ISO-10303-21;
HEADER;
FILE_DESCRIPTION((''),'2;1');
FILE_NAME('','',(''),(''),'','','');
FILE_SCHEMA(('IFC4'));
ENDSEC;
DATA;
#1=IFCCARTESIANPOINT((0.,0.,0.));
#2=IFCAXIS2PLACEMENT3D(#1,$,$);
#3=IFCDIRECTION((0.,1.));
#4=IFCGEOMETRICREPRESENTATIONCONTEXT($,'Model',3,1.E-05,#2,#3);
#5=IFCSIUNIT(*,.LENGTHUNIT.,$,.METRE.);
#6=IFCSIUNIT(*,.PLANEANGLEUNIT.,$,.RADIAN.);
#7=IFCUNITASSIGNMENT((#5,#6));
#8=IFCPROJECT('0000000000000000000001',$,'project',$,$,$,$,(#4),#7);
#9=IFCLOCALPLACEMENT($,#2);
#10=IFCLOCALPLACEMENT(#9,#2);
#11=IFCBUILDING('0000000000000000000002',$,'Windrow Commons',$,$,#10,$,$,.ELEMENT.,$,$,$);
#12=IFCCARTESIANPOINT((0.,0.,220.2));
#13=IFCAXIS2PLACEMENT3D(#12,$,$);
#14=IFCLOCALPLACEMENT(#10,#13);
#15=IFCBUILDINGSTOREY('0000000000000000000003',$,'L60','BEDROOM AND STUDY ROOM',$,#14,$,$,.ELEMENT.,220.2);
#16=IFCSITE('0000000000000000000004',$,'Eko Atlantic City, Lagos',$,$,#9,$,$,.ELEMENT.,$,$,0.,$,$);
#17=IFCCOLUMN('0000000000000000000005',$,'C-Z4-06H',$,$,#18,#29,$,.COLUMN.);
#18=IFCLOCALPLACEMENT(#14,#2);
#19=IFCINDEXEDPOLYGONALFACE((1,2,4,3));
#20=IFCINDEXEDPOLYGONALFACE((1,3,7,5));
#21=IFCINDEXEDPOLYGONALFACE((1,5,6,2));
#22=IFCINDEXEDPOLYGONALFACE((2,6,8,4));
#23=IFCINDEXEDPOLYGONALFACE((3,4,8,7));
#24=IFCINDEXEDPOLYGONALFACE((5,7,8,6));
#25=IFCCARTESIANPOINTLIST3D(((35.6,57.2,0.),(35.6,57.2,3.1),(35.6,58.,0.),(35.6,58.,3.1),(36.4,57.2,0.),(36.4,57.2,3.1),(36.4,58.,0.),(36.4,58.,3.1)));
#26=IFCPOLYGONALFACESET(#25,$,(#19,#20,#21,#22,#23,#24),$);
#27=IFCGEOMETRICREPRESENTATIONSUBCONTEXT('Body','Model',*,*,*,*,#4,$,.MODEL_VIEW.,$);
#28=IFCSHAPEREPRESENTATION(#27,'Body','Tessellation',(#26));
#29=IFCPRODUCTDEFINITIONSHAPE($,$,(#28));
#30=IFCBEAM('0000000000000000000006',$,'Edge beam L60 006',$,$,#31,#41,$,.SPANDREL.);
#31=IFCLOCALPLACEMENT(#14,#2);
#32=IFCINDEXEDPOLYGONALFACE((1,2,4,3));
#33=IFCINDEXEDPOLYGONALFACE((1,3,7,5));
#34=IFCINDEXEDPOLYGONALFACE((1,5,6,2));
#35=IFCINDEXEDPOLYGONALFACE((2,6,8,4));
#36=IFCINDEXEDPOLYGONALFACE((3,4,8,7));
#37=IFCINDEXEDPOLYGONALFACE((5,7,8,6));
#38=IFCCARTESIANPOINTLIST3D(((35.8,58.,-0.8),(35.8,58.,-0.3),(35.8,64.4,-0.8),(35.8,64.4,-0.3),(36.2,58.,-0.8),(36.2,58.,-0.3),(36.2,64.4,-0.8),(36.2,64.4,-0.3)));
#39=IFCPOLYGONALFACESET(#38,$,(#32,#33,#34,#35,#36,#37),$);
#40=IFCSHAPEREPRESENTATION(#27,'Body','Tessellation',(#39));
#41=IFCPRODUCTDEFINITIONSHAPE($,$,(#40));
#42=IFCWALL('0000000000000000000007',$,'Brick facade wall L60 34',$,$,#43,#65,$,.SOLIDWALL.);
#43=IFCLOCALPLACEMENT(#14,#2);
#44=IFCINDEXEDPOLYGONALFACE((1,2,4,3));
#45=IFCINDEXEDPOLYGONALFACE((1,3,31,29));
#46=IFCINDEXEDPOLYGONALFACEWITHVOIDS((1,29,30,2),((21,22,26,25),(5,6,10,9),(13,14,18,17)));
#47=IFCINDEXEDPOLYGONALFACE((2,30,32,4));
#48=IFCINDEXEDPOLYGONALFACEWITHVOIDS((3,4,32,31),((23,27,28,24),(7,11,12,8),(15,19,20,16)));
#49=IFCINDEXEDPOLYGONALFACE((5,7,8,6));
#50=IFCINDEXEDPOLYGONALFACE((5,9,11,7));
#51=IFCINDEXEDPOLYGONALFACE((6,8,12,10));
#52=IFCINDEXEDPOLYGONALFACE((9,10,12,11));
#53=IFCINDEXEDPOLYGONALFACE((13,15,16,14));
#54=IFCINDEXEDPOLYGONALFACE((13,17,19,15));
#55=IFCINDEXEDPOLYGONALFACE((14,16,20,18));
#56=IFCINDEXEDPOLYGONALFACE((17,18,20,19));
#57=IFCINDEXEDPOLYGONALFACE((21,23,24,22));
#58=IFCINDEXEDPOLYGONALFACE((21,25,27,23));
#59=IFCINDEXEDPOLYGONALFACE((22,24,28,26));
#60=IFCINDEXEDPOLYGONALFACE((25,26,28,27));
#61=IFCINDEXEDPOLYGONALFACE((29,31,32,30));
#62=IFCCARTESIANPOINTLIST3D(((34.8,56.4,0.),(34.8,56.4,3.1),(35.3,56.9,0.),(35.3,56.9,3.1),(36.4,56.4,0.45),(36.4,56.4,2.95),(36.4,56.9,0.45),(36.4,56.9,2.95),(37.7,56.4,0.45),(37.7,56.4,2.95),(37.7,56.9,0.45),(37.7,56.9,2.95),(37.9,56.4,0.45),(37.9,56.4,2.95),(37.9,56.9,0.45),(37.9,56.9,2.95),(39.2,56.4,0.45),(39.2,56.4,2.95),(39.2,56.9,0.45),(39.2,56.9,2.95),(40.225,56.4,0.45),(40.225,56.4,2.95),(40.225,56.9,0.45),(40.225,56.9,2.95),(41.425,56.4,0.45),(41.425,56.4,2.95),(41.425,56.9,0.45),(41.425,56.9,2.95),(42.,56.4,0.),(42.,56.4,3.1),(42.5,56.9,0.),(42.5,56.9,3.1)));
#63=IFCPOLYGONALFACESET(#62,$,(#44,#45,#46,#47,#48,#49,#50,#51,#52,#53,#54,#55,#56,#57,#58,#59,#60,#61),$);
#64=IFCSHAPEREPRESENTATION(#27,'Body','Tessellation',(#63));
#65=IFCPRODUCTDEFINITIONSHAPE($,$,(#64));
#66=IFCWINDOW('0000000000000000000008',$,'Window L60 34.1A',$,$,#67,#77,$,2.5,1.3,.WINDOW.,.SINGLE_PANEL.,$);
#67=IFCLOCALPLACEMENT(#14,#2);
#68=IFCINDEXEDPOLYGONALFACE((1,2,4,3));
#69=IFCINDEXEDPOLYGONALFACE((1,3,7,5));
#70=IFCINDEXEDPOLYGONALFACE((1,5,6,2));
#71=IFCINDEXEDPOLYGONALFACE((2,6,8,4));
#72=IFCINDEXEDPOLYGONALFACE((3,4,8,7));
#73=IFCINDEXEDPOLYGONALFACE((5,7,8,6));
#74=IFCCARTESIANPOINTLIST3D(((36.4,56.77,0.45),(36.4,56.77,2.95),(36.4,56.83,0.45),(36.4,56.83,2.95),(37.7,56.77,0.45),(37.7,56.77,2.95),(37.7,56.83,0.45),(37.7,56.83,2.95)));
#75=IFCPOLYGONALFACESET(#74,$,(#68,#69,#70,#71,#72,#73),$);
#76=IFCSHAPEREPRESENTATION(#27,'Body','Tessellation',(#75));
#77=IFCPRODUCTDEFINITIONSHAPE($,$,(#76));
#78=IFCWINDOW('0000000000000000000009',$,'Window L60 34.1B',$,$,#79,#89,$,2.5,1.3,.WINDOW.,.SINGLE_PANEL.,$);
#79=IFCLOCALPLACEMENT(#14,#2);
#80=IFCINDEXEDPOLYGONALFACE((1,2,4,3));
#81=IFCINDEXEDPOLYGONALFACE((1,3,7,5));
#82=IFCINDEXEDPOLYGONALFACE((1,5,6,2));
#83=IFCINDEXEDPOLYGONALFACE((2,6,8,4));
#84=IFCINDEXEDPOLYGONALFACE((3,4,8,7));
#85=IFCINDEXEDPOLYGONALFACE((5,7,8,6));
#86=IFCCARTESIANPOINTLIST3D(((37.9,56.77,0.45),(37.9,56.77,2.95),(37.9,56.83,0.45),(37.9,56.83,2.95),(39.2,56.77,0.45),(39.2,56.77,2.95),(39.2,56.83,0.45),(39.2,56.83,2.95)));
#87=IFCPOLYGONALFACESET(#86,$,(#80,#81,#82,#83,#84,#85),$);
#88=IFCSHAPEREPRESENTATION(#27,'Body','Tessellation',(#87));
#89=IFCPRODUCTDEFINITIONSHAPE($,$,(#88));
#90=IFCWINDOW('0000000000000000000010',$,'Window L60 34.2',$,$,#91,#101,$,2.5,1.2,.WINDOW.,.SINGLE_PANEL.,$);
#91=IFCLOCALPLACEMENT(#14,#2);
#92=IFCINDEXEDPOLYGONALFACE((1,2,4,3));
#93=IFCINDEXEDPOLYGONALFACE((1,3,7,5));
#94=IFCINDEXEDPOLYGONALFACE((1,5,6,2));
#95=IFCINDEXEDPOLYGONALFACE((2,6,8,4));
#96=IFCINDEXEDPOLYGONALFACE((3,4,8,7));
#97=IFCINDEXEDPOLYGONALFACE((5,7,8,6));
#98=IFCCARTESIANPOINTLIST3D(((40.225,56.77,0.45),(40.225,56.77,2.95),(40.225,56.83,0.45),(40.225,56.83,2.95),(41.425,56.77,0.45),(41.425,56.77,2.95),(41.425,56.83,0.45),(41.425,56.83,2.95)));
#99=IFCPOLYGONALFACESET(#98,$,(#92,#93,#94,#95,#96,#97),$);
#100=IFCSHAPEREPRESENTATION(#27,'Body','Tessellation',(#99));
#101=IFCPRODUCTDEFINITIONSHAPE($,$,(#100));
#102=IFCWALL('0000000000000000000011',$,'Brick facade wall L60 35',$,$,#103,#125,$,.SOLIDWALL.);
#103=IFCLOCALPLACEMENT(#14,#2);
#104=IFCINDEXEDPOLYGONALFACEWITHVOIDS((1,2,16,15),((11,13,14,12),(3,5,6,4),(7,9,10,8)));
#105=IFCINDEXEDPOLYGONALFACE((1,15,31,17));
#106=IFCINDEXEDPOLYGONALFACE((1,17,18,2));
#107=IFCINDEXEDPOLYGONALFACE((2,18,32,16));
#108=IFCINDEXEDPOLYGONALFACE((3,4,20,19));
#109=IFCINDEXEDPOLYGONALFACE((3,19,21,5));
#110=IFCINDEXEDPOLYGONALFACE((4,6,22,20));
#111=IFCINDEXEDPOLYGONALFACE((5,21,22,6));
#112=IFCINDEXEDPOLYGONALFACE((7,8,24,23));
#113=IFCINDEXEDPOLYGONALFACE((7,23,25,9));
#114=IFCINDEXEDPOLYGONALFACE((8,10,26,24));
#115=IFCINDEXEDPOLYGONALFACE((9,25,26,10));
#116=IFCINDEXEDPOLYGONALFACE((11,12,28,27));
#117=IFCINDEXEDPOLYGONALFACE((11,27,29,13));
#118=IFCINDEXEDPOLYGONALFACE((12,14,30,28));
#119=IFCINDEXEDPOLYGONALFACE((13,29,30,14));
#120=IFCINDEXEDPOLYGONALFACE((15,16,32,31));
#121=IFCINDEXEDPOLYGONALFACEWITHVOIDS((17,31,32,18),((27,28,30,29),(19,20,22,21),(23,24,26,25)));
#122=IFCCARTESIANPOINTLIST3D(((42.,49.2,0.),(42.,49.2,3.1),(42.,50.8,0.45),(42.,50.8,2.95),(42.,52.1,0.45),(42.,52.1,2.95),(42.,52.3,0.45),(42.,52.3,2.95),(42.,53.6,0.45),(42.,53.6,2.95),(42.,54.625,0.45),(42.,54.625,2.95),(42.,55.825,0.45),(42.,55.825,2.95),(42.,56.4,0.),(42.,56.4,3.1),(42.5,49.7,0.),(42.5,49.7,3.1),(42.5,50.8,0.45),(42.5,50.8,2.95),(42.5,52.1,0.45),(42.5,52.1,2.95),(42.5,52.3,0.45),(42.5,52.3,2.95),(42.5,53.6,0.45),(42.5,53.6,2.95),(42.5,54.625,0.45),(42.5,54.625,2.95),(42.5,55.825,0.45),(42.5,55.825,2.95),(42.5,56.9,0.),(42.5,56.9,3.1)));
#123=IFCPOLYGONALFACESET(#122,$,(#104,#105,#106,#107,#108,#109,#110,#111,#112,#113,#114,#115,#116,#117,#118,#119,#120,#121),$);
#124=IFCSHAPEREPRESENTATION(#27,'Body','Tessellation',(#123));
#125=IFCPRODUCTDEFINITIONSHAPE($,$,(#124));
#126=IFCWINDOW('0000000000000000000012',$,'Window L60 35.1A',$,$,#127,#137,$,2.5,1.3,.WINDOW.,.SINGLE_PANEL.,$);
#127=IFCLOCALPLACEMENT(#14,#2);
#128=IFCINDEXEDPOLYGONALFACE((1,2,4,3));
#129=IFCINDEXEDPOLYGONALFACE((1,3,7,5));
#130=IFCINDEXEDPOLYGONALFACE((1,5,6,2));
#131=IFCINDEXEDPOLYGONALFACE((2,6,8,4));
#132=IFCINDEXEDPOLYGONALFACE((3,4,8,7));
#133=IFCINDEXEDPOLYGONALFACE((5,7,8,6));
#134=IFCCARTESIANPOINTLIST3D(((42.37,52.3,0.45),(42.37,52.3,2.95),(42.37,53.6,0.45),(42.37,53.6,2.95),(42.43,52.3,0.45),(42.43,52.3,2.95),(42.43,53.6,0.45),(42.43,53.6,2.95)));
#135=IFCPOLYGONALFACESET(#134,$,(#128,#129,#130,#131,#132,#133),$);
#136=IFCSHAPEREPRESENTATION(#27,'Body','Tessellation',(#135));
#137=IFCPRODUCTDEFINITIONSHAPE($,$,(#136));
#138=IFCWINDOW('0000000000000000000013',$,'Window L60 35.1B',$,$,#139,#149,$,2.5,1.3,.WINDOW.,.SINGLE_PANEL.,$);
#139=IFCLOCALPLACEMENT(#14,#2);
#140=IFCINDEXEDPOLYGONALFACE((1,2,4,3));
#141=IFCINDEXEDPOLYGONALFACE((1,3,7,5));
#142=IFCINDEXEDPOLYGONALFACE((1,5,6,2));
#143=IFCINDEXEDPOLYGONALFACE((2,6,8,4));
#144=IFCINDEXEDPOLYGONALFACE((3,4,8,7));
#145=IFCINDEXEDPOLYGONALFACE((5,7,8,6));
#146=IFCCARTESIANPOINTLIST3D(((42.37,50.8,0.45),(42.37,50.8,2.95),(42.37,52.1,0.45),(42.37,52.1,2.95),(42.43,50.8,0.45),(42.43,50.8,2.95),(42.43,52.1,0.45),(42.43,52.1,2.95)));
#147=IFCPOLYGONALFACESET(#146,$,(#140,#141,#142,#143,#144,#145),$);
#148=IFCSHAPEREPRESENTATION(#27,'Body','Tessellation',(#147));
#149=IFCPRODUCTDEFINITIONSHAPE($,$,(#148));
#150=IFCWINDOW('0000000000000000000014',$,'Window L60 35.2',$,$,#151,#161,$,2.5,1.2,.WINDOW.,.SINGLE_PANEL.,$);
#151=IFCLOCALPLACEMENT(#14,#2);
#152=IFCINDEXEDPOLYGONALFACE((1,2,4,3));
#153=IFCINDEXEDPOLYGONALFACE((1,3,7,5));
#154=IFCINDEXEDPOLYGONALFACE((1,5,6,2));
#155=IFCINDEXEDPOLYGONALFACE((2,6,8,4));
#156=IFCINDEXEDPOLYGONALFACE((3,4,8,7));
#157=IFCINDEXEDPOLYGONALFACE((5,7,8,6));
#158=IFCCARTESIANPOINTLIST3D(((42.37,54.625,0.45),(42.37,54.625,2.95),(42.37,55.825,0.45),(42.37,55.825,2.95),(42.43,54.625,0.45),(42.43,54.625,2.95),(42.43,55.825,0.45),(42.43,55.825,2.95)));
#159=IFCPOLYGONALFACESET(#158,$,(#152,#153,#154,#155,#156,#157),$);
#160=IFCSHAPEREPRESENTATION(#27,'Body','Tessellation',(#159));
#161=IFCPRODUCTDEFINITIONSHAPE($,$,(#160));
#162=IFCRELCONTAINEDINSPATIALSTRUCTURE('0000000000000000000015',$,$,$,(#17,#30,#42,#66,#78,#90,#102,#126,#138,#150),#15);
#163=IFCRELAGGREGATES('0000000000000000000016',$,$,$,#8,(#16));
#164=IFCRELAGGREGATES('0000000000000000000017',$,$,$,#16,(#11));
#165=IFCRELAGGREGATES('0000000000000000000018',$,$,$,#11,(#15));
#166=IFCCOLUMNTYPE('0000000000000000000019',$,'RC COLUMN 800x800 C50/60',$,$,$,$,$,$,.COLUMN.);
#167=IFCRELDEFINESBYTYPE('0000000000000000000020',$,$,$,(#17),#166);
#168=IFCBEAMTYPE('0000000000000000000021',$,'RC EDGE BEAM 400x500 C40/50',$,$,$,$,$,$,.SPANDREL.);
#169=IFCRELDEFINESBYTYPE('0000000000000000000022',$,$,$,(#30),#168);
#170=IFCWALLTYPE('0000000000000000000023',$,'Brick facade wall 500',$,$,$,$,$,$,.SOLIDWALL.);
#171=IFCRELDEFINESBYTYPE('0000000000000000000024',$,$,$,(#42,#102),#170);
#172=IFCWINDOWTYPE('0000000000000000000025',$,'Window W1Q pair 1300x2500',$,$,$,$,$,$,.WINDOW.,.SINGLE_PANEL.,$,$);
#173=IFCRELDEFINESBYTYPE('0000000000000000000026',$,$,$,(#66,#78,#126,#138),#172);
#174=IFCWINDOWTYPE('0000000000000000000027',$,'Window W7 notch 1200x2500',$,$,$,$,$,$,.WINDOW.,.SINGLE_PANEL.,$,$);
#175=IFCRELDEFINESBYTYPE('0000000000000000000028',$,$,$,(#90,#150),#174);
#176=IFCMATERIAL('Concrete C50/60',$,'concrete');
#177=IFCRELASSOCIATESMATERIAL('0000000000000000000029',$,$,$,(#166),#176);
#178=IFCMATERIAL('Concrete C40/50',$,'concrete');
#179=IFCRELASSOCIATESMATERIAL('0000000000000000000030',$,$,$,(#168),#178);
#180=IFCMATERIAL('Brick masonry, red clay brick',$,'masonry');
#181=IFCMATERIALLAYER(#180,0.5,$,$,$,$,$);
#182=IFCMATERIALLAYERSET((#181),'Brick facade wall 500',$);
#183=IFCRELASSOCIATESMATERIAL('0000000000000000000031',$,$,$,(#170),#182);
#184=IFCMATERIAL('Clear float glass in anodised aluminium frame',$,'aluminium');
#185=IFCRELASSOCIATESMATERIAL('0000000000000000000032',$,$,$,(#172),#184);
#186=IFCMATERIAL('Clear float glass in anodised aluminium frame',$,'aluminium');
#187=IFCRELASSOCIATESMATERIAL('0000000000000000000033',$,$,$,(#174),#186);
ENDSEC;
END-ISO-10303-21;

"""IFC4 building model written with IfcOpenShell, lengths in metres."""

from ifc_helpers import new_model, si_unit, direction, frame, frame_2d, origin, origin_2d, place, context, subcontext, project, spatial, polyline, rectangle, outline, extrude, material, layer, layer_set, material_profile, profile_set, type_object, element, fill, save


model = new_model("IFC4")

# Units and contexts
model_context = context("Model", 3, precision=1e-05, world=origin(), true_north=direction((0.0, 1.0)))
body_context = subcontext(model_context, "Body", "Model", "MODEL_VIEW")
ifc_project = project(units=[si_unit("LENGTHUNIT", "METRE"), si_unit("PLANEANGLEUNIT", "RADIAN")], contexts=[model_context])

# Site, building, storey
site_placement = place(None, origin())
site = spatial("IfcSite", under=ifc_project, at=site_placement, Name="Eko Atlantic City, Lagos", CompositionType="ELEMENT", RefElevation=0.0)
building_placement = place(site_placement, origin())
building = spatial("IfcBuilding", under=site, at=building_placement, Name="Windrow Commons", CompositionType="ELEMENT")
storey_placement = place(building_placement, frame((0.0, 0.0, 220.2)))
storey = spatial("IfcBuildingStorey", under=building, at=storey_placement, Name="L60", Description="BEDROOM AND STUDY ROOM", CompositionType="ELEMENT", Elevation=220.2)

# Column
ifc_material_1 = material(Name="Concrete C50/60", Category="concrete")
ifc_material_profile_1 = material_profile(ifc_material_1, rectangle(XDim=0.8, YDim=0.8, at=origin_2d()))
ifc_profile_set_1 = profile_set([ifc_material_profile_1], Name="Concrete C50/60")
column_type = type_object("IfcColumnType", Name="RC COLUMN 800x800 C50/60", PredefinedType="COLUMN", material=ifc_profile_set_1)
column_placement = place(storey_placement, frame((36.0, 57.6, 0.0), z_axis=(0.0, 0.0, 1.0), x_axis=(1.0, 0.0, 0.0)))
element("IfcColumn", 1, at=column_placement, inside=storey, type_object=column_type, Name="C-Z4-06H", PredefinedType="COLUMN", context=body_context, shape_type="SweptSolid", body=[
    extrude(rectangle(XDim=0.8, YDim=0.8, at=origin_2d()), origin(), (0.0, 0.0, 1.0), 3.1),
])

# Beam
ifc_material_2 = material(Name="Concrete C40/50", Category="concrete")
ifc_material_profile_2 = material_profile(ifc_material_2, rectangle(XDim=0.4, YDim=0.5, at=origin_2d()))
ifc_profile_set_2 = profile_set([ifc_material_profile_2], Name="Concrete C40/50")
beam_type = type_object("IfcBeamType", Name="RC EDGE BEAM 400x500 C40/50", PredefinedType="SPANDREL", material=ifc_profile_set_2)
beam_placement = place(storey_placement, frame((36.0, 58.0, -0.55), z_axis=(0.0, 1.0, 0.0), x_axis=(-1.0, 0.0, 0.0)))
element("IfcBeam", 2, at=beam_placement, inside=storey, type_object=beam_type, Name="Edge beam L60 006", PredefinedType="SPANDREL", context=body_context, shape_type="SweptSolid", body=[
    extrude(rectangle(XDim=0.4, YDim=0.5, at=origin_2d()), origin(), (0.0, 0.0, 1.0), 6.4),
])

# Walls, openings, windows
ifc_material_3 = material(Name="Brick masonry, red clay brick", Category="masonry")
ifc_layer_1 = layer(ifc_material_3, 0.5)
ifc_layer_set_1 = layer_set([ifc_layer_1], Name="Brick facade wall 500")
wall_type_1 = type_object("IfcWallType", Name="Brick facade wall 500", PredefinedType="SOLIDWALL", material=ifc_layer_set_1)
wall_1_placement = place(storey_placement, frame((35.05, 56.65, 0.0), z_axis=(0.0, 0.0, 1.0), x_axis=(1.0, 0.0, 0.0)))
wall_1 = element("IfcWall", 3, at=wall_1_placement, inside=storey, type_object=wall_type_1, Name="Brick facade wall L60 34", PredefinedType="SOLIDWALL", context=body_context, shape_type="SweptSolid", body=[
    extrude(outline(polyline([(-0.25, -0.25), (6.95, -0.25), (7.45, 0.25), (0.25, 0.25), (-0.25, -0.25)])), origin(), (0.0, 0.0, 1.0), 3.1),
])
opening_1_placement = place(wall_1_placement, frame((1.35, 0.0, 0.45)))
opening_1 = element("IfcOpeningElement", 4, at=opening_1_placement, cuts=wall_1, PredefinedType="OPENING", context=body_context, shape_type="SweptSolid", body=[
    extrude(rectangle(XDim=1.3, YDim=2.5, at=frame_2d((0.65, 1.25))), frame((0.0, 0.26, 0.0), z_axis=(0.0, -1.0, 0.0), x_axis=(1.0, 0.0, 0.0)), (0.0, 0.0, 1.0), 0.52),
])
opening_2_placement = place(wall_1_placement, frame((2.85, 0.0, 0.45)))
opening_2 = element("IfcOpeningElement", 5, at=opening_2_placement, cuts=wall_1, PredefinedType="OPENING", context=body_context, shape_type="SweptSolid", body=[
    extrude(rectangle(XDim=1.3, YDim=2.5, at=frame_2d((0.65, 1.25))), frame((0.0, 0.26, 0.0), z_axis=(0.0, -1.0, 0.0), x_axis=(1.0, 0.0, 0.0)), (0.0, 0.0, 1.0), 0.52),
])
opening_3_placement = place(wall_1_placement, frame((5.175, 0.0, 0.45)))
opening_3 = element("IfcOpeningElement", 6, at=opening_3_placement, cuts=wall_1, PredefinedType="OPENING", context=body_context, shape_type="SweptSolid", body=[
    extrude(rectangle(XDim=1.2, YDim=2.5, at=frame_2d((0.6, 1.25))), frame((0.0, 0.26, 0.0), z_axis=(0.0, -1.0, 0.0), x_axis=(1.0, 0.0, 0.0)), (0.0, 0.0, 1.0), 0.52),
])
ifc_material_4 = material(Name="Clear float glass in anodised aluminium frame", Category="aluminium")
window_type_1 = type_object("IfcWindowType", Name="Window W1Q pair 1300x2500", PartitioningType="SINGLE_PANEL", PredefinedType="WINDOW", material=ifc_material_4)
window_1_placement = place(opening_1_placement, origin())
window_1 = element("IfcWindow", 7, at=window_1_placement, inside=storey, type_object=window_type_1, Name="Window L60 34.1A", OverallHeight=2.5, OverallWidth=1.3, PartitioningType="SINGLE_PANEL", PredefinedType="WINDOW", context=body_context, shape_type="SweptSolid", body=[
    extrude(rectangle(XDim=1.3, YDim=2.5, at=frame_2d((0.65, 1.25))), frame((0.0, 0.18, 0.0), z_axis=(0.0, -1.0, 0.0), x_axis=(1.0, 0.0, 0.0)), (0.0, 0.0, 1.0), 0.06),
])
fill(opening_1, window_1)
window_2_placement = place(opening_2_placement, origin())
window_2 = element("IfcWindow", 8, at=window_2_placement, inside=storey, type_object=window_type_1, Name="Window L60 34.1B", OverallHeight=2.5, OverallWidth=1.3, PartitioningType="SINGLE_PANEL", PredefinedType="WINDOW", context=body_context, shape_type="SweptSolid", body=[
    extrude(rectangle(XDim=1.3, YDim=2.5, at=frame_2d((0.65, 1.25))), frame((0.0, 0.18, 0.0), z_axis=(0.0, -1.0, 0.0), x_axis=(1.0, 0.0, 0.0)), (0.0, 0.0, 1.0), 0.06),
])
fill(opening_2, window_2)
ifc_material_5 = material(Name="Clear float glass in anodised aluminium frame", Category="aluminium")
window_type_2 = type_object("IfcWindowType", Name="Window W7 notch 1200x2500", PartitioningType="SINGLE_PANEL", PredefinedType="WINDOW", material=ifc_material_5)
window_3_placement = place(opening_3_placement, origin())
window_3 = element("IfcWindow", 9, at=window_3_placement, inside=storey, type_object=window_type_2, Name="Window L60 34.2", OverallHeight=2.5, OverallWidth=1.2, PartitioningType="SINGLE_PANEL", PredefinedType="WINDOW", context=body_context, shape_type="SweptSolid", body=[
    extrude(rectangle(XDim=1.2, YDim=2.5, at=frame_2d((0.6, 1.25))), frame((0.0, 0.18, 0.0), z_axis=(0.0, -1.0, 0.0), x_axis=(1.0, 0.0, 0.0)), (0.0, 0.0, 1.0), 0.06),
])
fill(opening_3, window_3)
wall_2_placement = place(storey_placement, frame((42.25, 56.65, 0.0), z_axis=(0.0, 0.0, 1.0), x_axis=(0.0, -1.0, 0.0)))
wall_2 = element("IfcWall", 10, at=wall_2_placement, inside=storey, type_object=wall_type_1, Name="Brick facade wall L60 35", PredefinedType="SOLIDWALL", context=body_context, shape_type="SweptSolid", body=[
    extrude(outline(polyline([(0.25, -0.25), (7.45, -0.25), (6.95, 0.25), (-0.25, 0.25), (0.25, -0.25)])), origin(), (0.0, 0.0, 1.0), 3.1),
])
opening_4_placement = place(wall_2_placement, frame((3.05, 0.0, 0.45)))
opening_4 = element("IfcOpeningElement", 11, at=opening_4_placement, cuts=wall_2, PredefinedType="OPENING", context=body_context, shape_type="SweptSolid", body=[
    extrude(rectangle(XDim=1.3, YDim=2.5, at=frame_2d((0.65, 1.25))), frame((0.0, 0.26, 0.0), z_axis=(0.0, -1.0, 0.0), x_axis=(1.0, 0.0, 0.0)), (0.0, 0.0, 1.0), 0.52),
])
opening_5_placement = place(wall_2_placement, frame((4.55, 0.0, 0.45)))
opening_5 = element("IfcOpeningElement", 12, at=opening_5_placement, cuts=wall_2, PredefinedType="OPENING", context=body_context, shape_type="SweptSolid", body=[
    extrude(rectangle(XDim=1.3, YDim=2.5, at=frame_2d((0.65, 1.25))), frame((0.0, 0.26, 0.0), z_axis=(0.0, -1.0, 0.0), x_axis=(1.0, 0.0, 0.0)), (0.0, 0.0, 1.0), 0.52),
])
opening_6_placement = place(wall_2_placement, frame((0.825, 0.0, 0.45)))
opening_6 = element("IfcOpeningElement", 13, at=opening_6_placement, cuts=wall_2, PredefinedType="OPENING", context=body_context, shape_type="SweptSolid", body=[
    extrude(rectangle(XDim=1.2, YDim=2.5, at=frame_2d((0.6, 1.25))), frame((0.0, 0.26, 0.0), z_axis=(0.0, -1.0, 0.0), x_axis=(1.0, 0.0, 0.0)), (0.0, 0.0, 1.0), 0.52),
])
window_4_placement = place(opening_4_placement, origin())
window_4 = element("IfcWindow", 14, at=window_4_placement, inside=storey, type_object=window_type_1, Name="Window L60 35.1A", OverallHeight=2.5, OverallWidth=1.3, PartitioningType="SINGLE_PANEL", PredefinedType="WINDOW", context=body_context, shape_type="SweptSolid", body=[
    extrude(rectangle(XDim=1.3, YDim=2.5, at=frame_2d((0.65, 1.25))), frame((0.0, 0.18, 0.0), z_axis=(0.0, -1.0, 0.0), x_axis=(1.0, 0.0, 0.0)), (0.0, 0.0, 1.0), 0.06),
])
fill(opening_4, window_4)
window_5_placement = place(opening_5_placement, origin())
window_5 = element("IfcWindow", 15, at=window_5_placement, inside=storey, type_object=window_type_1, Name="Window L60 35.1B", OverallHeight=2.5, OverallWidth=1.3, PartitioningType="SINGLE_PANEL", PredefinedType="WINDOW", context=body_context, shape_type="SweptSolid", body=[
    extrude(rectangle(XDim=1.3, YDim=2.5, at=frame_2d((0.65, 1.25))), frame((0.0, 0.18, 0.0), z_axis=(0.0, -1.0, 0.0), x_axis=(1.0, 0.0, 0.0)), (0.0, 0.0, 1.0), 0.06),
])
fill(opening_5, window_5)
window_6_placement = place(opening_6_placement, origin())
window_6 = element("IfcWindow", 16, at=window_6_placement, inside=storey, type_object=window_type_2, Name="Window L60 35.2", OverallHeight=2.5, OverallWidth=1.2, PartitioningType="SINGLE_PANEL", PredefinedType="WINDOW", context=body_context, shape_type="SweptSolid", body=[
    extrude(rectangle(XDim=1.2, YDim=2.5, at=frame_2d((0.6, 1.25))), frame((0.0, 0.18, 0.0), z_axis=(0.0, -1.0, 0.0), x_axis=(1.0, 0.0, 0.0)), (0.0, 0.0, 1.0), 0.06),
])
fill(opening_6, window_6)

save(model, "model.ifc")
